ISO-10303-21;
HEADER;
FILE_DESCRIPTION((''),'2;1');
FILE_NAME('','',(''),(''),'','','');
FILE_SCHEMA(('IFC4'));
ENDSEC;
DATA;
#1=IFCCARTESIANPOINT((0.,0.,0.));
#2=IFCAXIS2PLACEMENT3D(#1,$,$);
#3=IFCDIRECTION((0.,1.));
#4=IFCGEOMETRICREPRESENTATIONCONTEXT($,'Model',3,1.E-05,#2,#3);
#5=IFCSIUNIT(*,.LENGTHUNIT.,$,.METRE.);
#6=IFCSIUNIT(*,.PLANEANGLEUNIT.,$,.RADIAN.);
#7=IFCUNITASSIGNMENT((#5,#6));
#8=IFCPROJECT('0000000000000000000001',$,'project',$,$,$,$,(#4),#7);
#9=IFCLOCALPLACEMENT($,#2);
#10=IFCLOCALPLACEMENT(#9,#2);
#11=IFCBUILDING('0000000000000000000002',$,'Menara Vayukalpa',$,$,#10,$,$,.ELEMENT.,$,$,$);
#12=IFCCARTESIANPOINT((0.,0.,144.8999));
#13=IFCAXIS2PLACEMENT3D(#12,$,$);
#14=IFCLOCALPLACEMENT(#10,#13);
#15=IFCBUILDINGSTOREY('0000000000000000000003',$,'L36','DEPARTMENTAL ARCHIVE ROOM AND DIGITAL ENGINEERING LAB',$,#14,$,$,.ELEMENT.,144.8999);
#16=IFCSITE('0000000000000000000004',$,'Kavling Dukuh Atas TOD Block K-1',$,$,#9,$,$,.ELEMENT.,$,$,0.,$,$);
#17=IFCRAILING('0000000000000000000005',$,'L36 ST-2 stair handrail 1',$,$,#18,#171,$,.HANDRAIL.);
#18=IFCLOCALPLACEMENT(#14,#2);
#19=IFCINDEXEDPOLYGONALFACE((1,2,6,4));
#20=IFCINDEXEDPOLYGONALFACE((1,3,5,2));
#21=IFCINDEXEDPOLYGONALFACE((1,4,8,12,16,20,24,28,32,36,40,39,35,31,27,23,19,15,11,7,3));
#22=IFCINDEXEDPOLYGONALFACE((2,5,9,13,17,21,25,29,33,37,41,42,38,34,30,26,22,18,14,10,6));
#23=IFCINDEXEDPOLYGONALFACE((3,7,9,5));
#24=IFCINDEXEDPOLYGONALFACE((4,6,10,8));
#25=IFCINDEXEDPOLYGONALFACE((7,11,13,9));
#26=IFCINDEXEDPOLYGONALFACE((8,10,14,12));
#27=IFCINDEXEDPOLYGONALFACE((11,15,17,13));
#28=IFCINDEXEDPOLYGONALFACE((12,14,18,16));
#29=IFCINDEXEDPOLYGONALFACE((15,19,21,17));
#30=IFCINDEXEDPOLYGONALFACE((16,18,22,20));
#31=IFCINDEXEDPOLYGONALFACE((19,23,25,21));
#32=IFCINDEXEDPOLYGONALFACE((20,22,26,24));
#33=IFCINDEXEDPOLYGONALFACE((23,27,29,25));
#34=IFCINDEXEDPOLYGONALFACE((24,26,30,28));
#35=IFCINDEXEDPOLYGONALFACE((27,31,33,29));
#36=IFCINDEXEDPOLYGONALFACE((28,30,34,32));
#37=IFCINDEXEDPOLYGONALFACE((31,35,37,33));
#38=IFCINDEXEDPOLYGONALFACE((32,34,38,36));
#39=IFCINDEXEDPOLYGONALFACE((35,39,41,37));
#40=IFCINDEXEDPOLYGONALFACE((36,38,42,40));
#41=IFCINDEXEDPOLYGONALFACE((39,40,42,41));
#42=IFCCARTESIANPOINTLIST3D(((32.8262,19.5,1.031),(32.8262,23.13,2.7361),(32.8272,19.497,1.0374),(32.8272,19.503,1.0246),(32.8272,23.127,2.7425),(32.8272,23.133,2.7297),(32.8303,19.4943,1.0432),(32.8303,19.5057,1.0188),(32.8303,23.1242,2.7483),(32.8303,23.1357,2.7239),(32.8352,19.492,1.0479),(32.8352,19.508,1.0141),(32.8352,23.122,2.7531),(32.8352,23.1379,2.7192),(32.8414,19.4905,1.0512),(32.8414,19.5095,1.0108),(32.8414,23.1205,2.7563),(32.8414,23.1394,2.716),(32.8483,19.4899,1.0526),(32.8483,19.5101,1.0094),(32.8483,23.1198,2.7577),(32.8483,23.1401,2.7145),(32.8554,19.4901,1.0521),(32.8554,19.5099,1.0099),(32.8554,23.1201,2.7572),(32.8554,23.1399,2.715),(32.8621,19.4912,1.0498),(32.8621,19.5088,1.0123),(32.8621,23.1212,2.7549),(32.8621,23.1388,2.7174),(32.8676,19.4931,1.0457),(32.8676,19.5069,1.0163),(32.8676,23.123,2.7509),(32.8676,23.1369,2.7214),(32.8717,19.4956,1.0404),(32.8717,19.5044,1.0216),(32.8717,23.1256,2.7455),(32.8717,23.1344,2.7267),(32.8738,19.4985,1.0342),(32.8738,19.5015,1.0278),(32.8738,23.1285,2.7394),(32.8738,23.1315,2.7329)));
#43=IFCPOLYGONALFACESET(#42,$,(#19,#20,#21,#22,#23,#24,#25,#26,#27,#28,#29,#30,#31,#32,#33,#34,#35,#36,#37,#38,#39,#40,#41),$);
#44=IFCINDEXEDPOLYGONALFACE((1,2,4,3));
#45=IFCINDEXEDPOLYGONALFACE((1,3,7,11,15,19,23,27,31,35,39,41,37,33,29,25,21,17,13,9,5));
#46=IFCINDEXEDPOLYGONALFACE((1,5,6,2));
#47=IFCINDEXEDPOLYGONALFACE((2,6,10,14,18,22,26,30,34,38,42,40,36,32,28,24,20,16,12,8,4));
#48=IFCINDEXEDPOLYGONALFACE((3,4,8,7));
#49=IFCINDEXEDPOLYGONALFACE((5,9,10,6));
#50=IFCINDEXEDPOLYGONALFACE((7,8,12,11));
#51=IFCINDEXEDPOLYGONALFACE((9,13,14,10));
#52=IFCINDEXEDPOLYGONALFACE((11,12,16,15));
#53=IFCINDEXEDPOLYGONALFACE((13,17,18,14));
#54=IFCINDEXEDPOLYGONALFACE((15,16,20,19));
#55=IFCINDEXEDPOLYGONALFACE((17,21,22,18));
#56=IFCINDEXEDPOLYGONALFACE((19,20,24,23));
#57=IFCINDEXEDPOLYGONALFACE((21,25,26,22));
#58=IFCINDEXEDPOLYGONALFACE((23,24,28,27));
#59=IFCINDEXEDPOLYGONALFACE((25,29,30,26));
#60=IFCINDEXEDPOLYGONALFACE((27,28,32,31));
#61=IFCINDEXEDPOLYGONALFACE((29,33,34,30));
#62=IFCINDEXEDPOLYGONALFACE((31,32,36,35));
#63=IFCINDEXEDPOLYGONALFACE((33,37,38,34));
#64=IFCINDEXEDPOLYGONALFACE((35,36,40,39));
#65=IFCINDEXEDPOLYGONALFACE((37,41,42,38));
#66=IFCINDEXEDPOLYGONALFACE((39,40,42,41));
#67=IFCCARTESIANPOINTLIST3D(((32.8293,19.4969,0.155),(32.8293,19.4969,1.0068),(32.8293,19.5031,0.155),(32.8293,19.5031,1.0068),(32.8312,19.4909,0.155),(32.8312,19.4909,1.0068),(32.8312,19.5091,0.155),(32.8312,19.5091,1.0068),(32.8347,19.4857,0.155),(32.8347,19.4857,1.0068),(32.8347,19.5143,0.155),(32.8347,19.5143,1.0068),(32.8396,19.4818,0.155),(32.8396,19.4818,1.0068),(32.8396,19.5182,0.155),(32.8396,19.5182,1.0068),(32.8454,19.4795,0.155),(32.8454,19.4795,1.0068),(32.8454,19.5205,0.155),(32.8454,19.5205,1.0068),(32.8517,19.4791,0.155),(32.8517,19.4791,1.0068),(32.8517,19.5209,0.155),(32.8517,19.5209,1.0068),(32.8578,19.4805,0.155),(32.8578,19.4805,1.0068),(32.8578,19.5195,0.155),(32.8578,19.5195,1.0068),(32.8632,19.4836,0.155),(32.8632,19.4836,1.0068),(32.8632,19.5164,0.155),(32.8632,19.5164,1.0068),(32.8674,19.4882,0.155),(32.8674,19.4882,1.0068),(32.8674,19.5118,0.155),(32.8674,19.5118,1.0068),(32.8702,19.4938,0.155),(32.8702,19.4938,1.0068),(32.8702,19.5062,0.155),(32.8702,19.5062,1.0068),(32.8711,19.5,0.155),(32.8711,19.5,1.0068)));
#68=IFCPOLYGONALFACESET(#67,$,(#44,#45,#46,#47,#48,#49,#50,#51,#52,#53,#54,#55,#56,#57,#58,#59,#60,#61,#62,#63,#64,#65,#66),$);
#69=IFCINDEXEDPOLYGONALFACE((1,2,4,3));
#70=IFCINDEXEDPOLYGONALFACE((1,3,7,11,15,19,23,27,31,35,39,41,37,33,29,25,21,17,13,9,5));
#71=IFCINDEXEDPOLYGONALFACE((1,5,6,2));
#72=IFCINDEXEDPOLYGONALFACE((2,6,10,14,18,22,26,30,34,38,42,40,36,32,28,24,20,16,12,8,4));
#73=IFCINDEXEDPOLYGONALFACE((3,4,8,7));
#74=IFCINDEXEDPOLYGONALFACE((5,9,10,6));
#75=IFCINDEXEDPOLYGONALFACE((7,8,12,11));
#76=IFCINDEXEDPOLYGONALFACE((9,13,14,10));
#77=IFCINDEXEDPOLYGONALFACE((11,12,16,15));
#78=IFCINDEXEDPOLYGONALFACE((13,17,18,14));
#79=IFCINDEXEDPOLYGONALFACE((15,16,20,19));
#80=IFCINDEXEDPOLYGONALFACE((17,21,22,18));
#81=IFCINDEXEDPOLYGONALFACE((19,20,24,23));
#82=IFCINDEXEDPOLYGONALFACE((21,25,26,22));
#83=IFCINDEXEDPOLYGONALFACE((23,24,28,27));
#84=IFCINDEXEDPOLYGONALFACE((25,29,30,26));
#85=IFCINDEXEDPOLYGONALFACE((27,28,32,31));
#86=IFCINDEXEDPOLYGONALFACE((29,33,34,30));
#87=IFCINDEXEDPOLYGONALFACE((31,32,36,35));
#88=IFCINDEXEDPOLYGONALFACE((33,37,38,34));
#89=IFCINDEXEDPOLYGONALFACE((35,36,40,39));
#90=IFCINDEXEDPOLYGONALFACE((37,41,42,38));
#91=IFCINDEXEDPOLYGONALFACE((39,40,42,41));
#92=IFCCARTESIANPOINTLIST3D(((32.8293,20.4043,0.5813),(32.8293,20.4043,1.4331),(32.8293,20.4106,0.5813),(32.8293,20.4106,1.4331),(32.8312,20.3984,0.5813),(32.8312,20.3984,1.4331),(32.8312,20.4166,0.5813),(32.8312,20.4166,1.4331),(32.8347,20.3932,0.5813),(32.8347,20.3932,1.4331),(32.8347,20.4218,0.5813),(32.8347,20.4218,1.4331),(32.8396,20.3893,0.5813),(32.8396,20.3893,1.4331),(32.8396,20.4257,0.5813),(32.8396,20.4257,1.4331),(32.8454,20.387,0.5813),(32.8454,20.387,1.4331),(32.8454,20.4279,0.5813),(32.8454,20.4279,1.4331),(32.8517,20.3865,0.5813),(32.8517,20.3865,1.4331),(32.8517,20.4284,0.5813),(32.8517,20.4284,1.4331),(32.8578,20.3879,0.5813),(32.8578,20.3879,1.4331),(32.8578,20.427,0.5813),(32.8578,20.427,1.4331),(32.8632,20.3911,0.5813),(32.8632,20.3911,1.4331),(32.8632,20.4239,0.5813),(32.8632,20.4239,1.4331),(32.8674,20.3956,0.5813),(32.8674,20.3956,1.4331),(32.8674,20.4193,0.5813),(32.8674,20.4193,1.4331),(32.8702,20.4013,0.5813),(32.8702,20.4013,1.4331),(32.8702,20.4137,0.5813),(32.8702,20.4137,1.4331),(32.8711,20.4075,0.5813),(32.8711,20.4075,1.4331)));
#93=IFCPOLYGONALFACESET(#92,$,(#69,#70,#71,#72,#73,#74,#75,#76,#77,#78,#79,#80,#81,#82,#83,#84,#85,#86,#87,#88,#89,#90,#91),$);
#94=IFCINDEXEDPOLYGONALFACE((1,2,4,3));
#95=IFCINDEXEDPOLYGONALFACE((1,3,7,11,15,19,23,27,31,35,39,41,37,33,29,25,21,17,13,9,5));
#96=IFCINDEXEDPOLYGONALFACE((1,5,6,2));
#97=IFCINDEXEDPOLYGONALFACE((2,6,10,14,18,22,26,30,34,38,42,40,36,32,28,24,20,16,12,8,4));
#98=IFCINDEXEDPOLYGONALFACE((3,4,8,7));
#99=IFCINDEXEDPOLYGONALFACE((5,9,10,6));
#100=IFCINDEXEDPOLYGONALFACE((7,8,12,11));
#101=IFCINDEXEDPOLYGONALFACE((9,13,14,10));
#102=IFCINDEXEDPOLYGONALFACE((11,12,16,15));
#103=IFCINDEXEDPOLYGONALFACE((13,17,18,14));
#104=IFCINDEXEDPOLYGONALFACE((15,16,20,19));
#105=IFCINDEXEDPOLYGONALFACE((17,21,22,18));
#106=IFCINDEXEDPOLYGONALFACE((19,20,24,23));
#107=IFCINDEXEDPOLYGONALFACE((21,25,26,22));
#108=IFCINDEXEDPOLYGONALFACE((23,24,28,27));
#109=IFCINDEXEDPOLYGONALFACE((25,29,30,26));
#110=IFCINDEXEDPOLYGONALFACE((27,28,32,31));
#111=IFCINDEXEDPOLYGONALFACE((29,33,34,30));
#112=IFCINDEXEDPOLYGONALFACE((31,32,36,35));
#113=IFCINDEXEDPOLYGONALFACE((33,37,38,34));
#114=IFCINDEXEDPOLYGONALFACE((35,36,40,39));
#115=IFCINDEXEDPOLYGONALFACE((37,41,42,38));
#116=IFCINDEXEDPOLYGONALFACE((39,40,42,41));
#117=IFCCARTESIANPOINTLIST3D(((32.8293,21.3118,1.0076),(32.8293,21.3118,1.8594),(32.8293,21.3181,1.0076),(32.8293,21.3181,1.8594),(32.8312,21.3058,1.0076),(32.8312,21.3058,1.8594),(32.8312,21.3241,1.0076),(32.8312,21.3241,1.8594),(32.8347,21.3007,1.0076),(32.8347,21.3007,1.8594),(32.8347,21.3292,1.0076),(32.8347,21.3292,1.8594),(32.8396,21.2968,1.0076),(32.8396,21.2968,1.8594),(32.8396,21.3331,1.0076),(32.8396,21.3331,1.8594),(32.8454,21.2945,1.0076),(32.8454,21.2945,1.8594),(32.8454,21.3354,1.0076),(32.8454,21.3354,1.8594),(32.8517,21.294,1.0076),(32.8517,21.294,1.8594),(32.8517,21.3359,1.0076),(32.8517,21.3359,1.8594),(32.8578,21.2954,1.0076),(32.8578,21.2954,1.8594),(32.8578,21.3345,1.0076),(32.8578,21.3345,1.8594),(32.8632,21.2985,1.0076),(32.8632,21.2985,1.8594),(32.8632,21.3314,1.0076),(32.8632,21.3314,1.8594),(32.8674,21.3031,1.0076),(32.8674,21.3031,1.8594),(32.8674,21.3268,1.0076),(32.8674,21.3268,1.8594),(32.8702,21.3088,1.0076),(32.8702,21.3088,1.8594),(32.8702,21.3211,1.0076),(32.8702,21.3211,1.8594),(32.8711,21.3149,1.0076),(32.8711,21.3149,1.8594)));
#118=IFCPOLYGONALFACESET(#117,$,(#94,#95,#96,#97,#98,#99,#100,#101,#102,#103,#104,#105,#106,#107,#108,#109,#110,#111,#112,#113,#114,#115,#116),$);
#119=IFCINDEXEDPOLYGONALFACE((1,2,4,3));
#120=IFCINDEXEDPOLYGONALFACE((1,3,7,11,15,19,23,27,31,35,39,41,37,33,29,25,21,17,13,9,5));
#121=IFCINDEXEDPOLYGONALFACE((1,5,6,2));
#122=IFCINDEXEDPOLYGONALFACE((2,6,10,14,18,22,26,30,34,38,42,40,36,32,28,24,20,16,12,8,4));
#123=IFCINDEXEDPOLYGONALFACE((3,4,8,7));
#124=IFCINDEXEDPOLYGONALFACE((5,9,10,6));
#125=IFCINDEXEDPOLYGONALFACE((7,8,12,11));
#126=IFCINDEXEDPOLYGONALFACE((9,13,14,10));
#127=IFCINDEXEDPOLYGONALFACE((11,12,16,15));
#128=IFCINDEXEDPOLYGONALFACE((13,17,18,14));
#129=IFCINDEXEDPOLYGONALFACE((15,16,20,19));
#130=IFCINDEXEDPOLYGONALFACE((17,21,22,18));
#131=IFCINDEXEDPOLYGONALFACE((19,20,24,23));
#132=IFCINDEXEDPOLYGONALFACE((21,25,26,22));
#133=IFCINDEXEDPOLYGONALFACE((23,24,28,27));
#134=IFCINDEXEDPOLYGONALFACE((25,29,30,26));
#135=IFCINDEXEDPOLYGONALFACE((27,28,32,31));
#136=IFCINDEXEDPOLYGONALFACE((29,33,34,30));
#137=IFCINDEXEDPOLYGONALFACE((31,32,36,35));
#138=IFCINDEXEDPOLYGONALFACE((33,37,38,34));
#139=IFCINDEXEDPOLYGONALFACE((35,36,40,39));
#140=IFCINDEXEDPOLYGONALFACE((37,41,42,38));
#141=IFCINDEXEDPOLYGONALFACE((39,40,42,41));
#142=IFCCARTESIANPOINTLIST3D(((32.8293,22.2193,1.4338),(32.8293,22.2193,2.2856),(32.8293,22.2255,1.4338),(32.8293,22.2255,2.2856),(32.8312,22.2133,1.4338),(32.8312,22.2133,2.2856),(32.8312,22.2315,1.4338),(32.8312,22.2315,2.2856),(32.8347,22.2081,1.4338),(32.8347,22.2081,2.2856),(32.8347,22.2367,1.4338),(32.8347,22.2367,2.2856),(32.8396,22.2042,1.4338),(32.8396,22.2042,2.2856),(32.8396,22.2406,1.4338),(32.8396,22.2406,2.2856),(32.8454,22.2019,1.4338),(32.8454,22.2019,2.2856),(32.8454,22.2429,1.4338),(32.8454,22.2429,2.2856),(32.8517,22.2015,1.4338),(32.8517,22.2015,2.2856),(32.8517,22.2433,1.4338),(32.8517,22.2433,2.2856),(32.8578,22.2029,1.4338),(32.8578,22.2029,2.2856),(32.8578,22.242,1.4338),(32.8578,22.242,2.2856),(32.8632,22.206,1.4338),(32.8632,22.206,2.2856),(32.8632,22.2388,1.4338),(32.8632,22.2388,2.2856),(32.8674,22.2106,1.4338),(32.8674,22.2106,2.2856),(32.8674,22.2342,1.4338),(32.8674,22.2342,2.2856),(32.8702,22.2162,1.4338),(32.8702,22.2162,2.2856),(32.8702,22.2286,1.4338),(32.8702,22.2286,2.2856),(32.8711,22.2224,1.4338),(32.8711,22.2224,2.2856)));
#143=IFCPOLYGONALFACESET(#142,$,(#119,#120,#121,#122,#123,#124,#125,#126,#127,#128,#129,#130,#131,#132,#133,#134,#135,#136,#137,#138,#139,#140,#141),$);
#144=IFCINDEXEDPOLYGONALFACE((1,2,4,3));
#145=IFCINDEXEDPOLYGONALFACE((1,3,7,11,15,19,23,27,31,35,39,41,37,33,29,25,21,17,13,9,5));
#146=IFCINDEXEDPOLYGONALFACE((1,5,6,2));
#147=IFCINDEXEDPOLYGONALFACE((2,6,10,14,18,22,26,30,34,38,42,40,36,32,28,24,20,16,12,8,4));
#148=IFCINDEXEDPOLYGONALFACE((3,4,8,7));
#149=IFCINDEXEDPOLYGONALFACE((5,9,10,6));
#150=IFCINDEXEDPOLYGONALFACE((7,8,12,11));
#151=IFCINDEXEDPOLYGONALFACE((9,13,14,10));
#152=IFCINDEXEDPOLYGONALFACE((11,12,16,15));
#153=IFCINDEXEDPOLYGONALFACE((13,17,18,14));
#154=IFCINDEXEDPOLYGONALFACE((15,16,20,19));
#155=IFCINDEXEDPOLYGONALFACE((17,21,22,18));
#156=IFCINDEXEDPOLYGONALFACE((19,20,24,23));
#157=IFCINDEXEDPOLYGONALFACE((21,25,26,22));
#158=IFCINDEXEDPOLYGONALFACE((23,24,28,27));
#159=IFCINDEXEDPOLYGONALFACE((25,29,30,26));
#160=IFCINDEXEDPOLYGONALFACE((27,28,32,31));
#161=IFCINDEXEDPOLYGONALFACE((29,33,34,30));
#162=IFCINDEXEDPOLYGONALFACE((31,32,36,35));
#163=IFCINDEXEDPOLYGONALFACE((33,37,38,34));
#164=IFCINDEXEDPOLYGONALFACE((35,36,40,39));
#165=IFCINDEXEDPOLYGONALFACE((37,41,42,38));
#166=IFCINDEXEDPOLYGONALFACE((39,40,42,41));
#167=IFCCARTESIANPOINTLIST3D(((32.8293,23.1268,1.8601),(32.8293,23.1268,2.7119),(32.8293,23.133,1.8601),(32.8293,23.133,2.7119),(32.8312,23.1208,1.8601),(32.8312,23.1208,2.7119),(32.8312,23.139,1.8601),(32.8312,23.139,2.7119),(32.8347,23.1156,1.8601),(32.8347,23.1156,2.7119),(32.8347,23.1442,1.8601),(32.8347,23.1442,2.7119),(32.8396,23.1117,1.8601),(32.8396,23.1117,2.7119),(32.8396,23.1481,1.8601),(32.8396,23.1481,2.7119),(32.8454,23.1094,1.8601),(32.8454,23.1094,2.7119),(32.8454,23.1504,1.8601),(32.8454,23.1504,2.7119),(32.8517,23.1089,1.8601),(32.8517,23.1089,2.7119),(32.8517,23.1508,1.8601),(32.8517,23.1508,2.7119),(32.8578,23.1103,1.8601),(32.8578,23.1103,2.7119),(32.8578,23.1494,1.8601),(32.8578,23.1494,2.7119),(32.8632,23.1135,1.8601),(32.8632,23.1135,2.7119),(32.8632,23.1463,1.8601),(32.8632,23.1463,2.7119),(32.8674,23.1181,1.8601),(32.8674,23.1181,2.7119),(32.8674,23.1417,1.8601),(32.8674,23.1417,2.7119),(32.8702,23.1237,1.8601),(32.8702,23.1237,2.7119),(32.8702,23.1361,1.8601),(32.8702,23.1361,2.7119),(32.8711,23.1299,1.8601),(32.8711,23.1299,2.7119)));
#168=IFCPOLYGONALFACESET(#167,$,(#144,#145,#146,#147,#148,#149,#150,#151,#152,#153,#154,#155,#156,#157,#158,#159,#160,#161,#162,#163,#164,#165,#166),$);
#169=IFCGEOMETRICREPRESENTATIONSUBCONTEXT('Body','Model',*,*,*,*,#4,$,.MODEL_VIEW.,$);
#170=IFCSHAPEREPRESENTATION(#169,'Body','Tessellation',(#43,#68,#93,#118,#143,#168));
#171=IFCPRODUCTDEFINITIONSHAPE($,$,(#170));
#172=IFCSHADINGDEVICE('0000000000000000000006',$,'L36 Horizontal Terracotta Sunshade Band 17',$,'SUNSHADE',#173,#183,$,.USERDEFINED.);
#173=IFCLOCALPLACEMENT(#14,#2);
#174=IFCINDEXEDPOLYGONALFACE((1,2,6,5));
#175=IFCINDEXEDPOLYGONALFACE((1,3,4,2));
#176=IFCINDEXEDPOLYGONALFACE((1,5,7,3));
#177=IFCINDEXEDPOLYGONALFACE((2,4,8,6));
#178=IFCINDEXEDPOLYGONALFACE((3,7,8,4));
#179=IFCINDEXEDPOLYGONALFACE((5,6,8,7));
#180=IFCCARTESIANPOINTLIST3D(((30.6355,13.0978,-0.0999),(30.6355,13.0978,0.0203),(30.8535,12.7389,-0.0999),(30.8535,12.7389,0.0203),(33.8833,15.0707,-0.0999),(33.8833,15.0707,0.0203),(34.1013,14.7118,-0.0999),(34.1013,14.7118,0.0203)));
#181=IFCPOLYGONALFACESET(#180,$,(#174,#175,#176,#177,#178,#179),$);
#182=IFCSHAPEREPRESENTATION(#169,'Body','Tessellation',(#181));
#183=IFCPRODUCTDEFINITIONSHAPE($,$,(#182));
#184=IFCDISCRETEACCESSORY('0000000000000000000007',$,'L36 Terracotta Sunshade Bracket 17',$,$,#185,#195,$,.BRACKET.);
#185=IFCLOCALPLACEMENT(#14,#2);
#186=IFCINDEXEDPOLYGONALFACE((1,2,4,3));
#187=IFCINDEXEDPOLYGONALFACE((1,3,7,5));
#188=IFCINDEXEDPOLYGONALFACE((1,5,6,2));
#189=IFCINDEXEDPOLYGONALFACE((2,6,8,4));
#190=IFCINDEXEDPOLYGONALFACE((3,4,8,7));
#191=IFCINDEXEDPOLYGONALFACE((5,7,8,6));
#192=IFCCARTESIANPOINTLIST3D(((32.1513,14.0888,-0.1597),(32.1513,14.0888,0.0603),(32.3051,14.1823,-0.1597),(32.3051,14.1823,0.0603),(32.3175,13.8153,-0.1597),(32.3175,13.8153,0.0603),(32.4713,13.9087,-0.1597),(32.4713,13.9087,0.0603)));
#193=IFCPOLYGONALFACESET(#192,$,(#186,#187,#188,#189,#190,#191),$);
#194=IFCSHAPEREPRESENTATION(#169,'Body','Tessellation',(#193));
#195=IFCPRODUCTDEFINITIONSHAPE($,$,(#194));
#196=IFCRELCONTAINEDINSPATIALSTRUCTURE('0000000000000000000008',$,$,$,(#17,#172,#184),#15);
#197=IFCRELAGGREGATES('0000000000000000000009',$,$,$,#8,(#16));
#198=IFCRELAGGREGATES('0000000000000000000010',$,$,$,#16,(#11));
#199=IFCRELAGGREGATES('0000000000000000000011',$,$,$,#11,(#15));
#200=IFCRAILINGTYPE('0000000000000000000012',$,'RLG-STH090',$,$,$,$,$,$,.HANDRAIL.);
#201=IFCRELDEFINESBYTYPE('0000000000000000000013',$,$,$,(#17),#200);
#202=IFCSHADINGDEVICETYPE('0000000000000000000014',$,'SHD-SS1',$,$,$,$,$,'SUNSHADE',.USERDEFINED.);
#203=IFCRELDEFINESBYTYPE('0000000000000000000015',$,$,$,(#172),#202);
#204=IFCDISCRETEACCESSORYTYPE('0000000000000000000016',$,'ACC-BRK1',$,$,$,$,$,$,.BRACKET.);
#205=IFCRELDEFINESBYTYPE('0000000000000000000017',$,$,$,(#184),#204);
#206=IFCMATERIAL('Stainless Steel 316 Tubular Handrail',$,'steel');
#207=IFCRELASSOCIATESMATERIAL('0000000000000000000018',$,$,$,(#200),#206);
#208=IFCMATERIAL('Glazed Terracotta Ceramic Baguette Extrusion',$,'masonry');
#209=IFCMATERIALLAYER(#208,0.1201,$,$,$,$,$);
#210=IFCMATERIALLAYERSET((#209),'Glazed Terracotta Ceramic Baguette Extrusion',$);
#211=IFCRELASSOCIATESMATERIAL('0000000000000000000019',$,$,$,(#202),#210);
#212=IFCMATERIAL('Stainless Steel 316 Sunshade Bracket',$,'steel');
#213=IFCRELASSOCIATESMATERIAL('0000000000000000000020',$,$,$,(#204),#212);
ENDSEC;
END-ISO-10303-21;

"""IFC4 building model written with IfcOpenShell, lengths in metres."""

from ifc_helpers import new_model, si_unit, direction, frame, origin, origin_2d, place, context, subcontext, project, spatial, rectangle, circle, extrude, material, layer, layer_set, type_object, element, save


model = new_model("IFC4")

# Units and contexts
model_context = context("Model", 3, precision=1e-05, world=origin(), true_north=direction((0.0, 1.0)))
body_context = subcontext(model_context, "Body", "Model", "MODEL_VIEW")
ifc_project = project(units=[si_unit("LENGTHUNIT", "METRE"), si_unit("PLANEANGLEUNIT", "RADIAN")], contexts=[model_context])

# Site, building, storey
site_placement = place(None, origin())
site = spatial("IfcSite", under=ifc_project, at=site_placement, Name="Kavling Dukuh Atas TOD Block K-1", CompositionType="ELEMENT", RefElevation=0.0)
building_placement = place(site_placement, origin())
building = spatial("IfcBuilding", under=site, at=building_placement, Name="Menara Vayukalpa", CompositionType="ELEMENT")
storey_placement = place(building_placement, frame((0.0, 0.0, 144.8999)))
storey = spatial("IfcBuildingStorey", under=building, at=storey_placement, Name="L36", Description="DEPARTMENTAL ARCHIVE ROOM AND DIGITAL ENGINEERING LAB", CompositionType="ELEMENT", Elevation=144.8999)

# Railing
ifc_material_1 = material(Name="Stainless Steel 316 Tubular Handrail", Category="steel")
railing_type_1 = type_object("IfcRailingType", Name="RLG-STH090", PredefinedType="HANDRAIL", material=ifc_material_1)
railing_1_placement = place(storey_placement, frame((32.8501, 19.5, 0.155)))
element("IfcRailing", 1, at=railing_1_placement, inside=storey, type_object=railing_type_1, Name="L36 ST-2 stair handrail 1", PredefinedType="HANDRAIL", context=body_context, shape_type="SweptSolid", body=[
    extrude(circle(Radius=0.0239, at=origin_2d()), frame((0.0, 0.0, 0.876), z_axis=(0.0, 0.905116, 0.425164), x_axis=(-1.0, 0.0, 0.0)), (0.0, 0.0, 1.0), 4.0105),
    extrude(circle(Radius=0.021, at=origin_2d()), origin(), (0.0, 0.0, 1.0), 0.8518),
    extrude(circle(Radius=0.021, at=origin_2d()), frame((0.0, 0.9075, 0.4263)), (0.0, 0.0, 1.0), 0.8518),
    extrude(circle(Radius=0.021, at=origin_2d()), frame((0.0, 1.8149, 0.8525)), (0.0, 0.0, 1.0), 0.8518),
    extrude(circle(Radius=0.021, at=origin_2d()), frame((0.0, 2.7224, 1.2788)), (0.0, 0.0, 1.0), 0.8518),
    extrude(circle(Radius=0.021, at=origin_2d()), frame((0.0, 3.6299, 1.7051)), (0.0, 0.0, 1.0), 0.8518),
])

# Shading device
ifc_material_2 = material(Name="Glazed Terracotta Ceramic Baguette Extrusion", Category="masonry")
ifc_layer_1 = layer(ifc_material_2, 0.1201)
ifc_layer_set_1 = layer_set([ifc_layer_1], Name="Glazed Terracotta Ceramic Baguette Extrusion")
shading_device_type = type_object("IfcShadingDeviceType", Name="SHD-SS1", ElementType="SUNSHADE", PredefinedType="USERDEFINED", material=ifc_layer_set_1)
shading_device_placement = place(storey_placement, frame((32.3684, 13.9048, -0.0999), z_axis=(0.0, 0.0, 1.0), x_axis=(0.854658, 0.519191, 0.0)))
element("IfcShadingDevice", 2, at=shading_device_placement, inside=storey, type_object=shading_device_type, Name="L36 Horizontal Terracotta Sunshade Band 17", ObjectType="SUNSHADE", PredefinedType="USERDEFINED", context=body_context, shape_type="SweptSolid", body=[
    extrude(rectangle(XDim=3.8, YDim=0.4199, at=origin_2d()), origin(), (0.0, 0.0, 1.0), 0.1201),
])

# Discrete accessory
ifc_material_3 = material(Name="Stainless Steel 316 Sunshade Bracket", Category="steel")
discrete_accessory_type = type_object("IfcDiscreteAccessoryType", Name="ACC-BRK1", PredefinedType="BRACKET", material=ifc_material_3)
discrete_accessory_placement = place(storey_placement, frame((32.3113, 13.9988, -0.1597), z_axis=(0.0, 0.0, 1.0), x_axis=(0.854658, 0.519191, 0.0)))
element("IfcDiscreteAccessory", 3, at=discrete_accessory_placement, inside=storey, type_object=discrete_accessory_type, Name="L36 Terracotta Sunshade Bracket 17", PredefinedType="BRACKET", context=body_context, shape_type="SweptSolid", body=[
    extrude(rectangle(XDim=0.1799, YDim=0.3201, at=origin_2d()), origin(), (0.0, 0.0, 1.0), 0.22),
])

save(model, "model.ifc")
